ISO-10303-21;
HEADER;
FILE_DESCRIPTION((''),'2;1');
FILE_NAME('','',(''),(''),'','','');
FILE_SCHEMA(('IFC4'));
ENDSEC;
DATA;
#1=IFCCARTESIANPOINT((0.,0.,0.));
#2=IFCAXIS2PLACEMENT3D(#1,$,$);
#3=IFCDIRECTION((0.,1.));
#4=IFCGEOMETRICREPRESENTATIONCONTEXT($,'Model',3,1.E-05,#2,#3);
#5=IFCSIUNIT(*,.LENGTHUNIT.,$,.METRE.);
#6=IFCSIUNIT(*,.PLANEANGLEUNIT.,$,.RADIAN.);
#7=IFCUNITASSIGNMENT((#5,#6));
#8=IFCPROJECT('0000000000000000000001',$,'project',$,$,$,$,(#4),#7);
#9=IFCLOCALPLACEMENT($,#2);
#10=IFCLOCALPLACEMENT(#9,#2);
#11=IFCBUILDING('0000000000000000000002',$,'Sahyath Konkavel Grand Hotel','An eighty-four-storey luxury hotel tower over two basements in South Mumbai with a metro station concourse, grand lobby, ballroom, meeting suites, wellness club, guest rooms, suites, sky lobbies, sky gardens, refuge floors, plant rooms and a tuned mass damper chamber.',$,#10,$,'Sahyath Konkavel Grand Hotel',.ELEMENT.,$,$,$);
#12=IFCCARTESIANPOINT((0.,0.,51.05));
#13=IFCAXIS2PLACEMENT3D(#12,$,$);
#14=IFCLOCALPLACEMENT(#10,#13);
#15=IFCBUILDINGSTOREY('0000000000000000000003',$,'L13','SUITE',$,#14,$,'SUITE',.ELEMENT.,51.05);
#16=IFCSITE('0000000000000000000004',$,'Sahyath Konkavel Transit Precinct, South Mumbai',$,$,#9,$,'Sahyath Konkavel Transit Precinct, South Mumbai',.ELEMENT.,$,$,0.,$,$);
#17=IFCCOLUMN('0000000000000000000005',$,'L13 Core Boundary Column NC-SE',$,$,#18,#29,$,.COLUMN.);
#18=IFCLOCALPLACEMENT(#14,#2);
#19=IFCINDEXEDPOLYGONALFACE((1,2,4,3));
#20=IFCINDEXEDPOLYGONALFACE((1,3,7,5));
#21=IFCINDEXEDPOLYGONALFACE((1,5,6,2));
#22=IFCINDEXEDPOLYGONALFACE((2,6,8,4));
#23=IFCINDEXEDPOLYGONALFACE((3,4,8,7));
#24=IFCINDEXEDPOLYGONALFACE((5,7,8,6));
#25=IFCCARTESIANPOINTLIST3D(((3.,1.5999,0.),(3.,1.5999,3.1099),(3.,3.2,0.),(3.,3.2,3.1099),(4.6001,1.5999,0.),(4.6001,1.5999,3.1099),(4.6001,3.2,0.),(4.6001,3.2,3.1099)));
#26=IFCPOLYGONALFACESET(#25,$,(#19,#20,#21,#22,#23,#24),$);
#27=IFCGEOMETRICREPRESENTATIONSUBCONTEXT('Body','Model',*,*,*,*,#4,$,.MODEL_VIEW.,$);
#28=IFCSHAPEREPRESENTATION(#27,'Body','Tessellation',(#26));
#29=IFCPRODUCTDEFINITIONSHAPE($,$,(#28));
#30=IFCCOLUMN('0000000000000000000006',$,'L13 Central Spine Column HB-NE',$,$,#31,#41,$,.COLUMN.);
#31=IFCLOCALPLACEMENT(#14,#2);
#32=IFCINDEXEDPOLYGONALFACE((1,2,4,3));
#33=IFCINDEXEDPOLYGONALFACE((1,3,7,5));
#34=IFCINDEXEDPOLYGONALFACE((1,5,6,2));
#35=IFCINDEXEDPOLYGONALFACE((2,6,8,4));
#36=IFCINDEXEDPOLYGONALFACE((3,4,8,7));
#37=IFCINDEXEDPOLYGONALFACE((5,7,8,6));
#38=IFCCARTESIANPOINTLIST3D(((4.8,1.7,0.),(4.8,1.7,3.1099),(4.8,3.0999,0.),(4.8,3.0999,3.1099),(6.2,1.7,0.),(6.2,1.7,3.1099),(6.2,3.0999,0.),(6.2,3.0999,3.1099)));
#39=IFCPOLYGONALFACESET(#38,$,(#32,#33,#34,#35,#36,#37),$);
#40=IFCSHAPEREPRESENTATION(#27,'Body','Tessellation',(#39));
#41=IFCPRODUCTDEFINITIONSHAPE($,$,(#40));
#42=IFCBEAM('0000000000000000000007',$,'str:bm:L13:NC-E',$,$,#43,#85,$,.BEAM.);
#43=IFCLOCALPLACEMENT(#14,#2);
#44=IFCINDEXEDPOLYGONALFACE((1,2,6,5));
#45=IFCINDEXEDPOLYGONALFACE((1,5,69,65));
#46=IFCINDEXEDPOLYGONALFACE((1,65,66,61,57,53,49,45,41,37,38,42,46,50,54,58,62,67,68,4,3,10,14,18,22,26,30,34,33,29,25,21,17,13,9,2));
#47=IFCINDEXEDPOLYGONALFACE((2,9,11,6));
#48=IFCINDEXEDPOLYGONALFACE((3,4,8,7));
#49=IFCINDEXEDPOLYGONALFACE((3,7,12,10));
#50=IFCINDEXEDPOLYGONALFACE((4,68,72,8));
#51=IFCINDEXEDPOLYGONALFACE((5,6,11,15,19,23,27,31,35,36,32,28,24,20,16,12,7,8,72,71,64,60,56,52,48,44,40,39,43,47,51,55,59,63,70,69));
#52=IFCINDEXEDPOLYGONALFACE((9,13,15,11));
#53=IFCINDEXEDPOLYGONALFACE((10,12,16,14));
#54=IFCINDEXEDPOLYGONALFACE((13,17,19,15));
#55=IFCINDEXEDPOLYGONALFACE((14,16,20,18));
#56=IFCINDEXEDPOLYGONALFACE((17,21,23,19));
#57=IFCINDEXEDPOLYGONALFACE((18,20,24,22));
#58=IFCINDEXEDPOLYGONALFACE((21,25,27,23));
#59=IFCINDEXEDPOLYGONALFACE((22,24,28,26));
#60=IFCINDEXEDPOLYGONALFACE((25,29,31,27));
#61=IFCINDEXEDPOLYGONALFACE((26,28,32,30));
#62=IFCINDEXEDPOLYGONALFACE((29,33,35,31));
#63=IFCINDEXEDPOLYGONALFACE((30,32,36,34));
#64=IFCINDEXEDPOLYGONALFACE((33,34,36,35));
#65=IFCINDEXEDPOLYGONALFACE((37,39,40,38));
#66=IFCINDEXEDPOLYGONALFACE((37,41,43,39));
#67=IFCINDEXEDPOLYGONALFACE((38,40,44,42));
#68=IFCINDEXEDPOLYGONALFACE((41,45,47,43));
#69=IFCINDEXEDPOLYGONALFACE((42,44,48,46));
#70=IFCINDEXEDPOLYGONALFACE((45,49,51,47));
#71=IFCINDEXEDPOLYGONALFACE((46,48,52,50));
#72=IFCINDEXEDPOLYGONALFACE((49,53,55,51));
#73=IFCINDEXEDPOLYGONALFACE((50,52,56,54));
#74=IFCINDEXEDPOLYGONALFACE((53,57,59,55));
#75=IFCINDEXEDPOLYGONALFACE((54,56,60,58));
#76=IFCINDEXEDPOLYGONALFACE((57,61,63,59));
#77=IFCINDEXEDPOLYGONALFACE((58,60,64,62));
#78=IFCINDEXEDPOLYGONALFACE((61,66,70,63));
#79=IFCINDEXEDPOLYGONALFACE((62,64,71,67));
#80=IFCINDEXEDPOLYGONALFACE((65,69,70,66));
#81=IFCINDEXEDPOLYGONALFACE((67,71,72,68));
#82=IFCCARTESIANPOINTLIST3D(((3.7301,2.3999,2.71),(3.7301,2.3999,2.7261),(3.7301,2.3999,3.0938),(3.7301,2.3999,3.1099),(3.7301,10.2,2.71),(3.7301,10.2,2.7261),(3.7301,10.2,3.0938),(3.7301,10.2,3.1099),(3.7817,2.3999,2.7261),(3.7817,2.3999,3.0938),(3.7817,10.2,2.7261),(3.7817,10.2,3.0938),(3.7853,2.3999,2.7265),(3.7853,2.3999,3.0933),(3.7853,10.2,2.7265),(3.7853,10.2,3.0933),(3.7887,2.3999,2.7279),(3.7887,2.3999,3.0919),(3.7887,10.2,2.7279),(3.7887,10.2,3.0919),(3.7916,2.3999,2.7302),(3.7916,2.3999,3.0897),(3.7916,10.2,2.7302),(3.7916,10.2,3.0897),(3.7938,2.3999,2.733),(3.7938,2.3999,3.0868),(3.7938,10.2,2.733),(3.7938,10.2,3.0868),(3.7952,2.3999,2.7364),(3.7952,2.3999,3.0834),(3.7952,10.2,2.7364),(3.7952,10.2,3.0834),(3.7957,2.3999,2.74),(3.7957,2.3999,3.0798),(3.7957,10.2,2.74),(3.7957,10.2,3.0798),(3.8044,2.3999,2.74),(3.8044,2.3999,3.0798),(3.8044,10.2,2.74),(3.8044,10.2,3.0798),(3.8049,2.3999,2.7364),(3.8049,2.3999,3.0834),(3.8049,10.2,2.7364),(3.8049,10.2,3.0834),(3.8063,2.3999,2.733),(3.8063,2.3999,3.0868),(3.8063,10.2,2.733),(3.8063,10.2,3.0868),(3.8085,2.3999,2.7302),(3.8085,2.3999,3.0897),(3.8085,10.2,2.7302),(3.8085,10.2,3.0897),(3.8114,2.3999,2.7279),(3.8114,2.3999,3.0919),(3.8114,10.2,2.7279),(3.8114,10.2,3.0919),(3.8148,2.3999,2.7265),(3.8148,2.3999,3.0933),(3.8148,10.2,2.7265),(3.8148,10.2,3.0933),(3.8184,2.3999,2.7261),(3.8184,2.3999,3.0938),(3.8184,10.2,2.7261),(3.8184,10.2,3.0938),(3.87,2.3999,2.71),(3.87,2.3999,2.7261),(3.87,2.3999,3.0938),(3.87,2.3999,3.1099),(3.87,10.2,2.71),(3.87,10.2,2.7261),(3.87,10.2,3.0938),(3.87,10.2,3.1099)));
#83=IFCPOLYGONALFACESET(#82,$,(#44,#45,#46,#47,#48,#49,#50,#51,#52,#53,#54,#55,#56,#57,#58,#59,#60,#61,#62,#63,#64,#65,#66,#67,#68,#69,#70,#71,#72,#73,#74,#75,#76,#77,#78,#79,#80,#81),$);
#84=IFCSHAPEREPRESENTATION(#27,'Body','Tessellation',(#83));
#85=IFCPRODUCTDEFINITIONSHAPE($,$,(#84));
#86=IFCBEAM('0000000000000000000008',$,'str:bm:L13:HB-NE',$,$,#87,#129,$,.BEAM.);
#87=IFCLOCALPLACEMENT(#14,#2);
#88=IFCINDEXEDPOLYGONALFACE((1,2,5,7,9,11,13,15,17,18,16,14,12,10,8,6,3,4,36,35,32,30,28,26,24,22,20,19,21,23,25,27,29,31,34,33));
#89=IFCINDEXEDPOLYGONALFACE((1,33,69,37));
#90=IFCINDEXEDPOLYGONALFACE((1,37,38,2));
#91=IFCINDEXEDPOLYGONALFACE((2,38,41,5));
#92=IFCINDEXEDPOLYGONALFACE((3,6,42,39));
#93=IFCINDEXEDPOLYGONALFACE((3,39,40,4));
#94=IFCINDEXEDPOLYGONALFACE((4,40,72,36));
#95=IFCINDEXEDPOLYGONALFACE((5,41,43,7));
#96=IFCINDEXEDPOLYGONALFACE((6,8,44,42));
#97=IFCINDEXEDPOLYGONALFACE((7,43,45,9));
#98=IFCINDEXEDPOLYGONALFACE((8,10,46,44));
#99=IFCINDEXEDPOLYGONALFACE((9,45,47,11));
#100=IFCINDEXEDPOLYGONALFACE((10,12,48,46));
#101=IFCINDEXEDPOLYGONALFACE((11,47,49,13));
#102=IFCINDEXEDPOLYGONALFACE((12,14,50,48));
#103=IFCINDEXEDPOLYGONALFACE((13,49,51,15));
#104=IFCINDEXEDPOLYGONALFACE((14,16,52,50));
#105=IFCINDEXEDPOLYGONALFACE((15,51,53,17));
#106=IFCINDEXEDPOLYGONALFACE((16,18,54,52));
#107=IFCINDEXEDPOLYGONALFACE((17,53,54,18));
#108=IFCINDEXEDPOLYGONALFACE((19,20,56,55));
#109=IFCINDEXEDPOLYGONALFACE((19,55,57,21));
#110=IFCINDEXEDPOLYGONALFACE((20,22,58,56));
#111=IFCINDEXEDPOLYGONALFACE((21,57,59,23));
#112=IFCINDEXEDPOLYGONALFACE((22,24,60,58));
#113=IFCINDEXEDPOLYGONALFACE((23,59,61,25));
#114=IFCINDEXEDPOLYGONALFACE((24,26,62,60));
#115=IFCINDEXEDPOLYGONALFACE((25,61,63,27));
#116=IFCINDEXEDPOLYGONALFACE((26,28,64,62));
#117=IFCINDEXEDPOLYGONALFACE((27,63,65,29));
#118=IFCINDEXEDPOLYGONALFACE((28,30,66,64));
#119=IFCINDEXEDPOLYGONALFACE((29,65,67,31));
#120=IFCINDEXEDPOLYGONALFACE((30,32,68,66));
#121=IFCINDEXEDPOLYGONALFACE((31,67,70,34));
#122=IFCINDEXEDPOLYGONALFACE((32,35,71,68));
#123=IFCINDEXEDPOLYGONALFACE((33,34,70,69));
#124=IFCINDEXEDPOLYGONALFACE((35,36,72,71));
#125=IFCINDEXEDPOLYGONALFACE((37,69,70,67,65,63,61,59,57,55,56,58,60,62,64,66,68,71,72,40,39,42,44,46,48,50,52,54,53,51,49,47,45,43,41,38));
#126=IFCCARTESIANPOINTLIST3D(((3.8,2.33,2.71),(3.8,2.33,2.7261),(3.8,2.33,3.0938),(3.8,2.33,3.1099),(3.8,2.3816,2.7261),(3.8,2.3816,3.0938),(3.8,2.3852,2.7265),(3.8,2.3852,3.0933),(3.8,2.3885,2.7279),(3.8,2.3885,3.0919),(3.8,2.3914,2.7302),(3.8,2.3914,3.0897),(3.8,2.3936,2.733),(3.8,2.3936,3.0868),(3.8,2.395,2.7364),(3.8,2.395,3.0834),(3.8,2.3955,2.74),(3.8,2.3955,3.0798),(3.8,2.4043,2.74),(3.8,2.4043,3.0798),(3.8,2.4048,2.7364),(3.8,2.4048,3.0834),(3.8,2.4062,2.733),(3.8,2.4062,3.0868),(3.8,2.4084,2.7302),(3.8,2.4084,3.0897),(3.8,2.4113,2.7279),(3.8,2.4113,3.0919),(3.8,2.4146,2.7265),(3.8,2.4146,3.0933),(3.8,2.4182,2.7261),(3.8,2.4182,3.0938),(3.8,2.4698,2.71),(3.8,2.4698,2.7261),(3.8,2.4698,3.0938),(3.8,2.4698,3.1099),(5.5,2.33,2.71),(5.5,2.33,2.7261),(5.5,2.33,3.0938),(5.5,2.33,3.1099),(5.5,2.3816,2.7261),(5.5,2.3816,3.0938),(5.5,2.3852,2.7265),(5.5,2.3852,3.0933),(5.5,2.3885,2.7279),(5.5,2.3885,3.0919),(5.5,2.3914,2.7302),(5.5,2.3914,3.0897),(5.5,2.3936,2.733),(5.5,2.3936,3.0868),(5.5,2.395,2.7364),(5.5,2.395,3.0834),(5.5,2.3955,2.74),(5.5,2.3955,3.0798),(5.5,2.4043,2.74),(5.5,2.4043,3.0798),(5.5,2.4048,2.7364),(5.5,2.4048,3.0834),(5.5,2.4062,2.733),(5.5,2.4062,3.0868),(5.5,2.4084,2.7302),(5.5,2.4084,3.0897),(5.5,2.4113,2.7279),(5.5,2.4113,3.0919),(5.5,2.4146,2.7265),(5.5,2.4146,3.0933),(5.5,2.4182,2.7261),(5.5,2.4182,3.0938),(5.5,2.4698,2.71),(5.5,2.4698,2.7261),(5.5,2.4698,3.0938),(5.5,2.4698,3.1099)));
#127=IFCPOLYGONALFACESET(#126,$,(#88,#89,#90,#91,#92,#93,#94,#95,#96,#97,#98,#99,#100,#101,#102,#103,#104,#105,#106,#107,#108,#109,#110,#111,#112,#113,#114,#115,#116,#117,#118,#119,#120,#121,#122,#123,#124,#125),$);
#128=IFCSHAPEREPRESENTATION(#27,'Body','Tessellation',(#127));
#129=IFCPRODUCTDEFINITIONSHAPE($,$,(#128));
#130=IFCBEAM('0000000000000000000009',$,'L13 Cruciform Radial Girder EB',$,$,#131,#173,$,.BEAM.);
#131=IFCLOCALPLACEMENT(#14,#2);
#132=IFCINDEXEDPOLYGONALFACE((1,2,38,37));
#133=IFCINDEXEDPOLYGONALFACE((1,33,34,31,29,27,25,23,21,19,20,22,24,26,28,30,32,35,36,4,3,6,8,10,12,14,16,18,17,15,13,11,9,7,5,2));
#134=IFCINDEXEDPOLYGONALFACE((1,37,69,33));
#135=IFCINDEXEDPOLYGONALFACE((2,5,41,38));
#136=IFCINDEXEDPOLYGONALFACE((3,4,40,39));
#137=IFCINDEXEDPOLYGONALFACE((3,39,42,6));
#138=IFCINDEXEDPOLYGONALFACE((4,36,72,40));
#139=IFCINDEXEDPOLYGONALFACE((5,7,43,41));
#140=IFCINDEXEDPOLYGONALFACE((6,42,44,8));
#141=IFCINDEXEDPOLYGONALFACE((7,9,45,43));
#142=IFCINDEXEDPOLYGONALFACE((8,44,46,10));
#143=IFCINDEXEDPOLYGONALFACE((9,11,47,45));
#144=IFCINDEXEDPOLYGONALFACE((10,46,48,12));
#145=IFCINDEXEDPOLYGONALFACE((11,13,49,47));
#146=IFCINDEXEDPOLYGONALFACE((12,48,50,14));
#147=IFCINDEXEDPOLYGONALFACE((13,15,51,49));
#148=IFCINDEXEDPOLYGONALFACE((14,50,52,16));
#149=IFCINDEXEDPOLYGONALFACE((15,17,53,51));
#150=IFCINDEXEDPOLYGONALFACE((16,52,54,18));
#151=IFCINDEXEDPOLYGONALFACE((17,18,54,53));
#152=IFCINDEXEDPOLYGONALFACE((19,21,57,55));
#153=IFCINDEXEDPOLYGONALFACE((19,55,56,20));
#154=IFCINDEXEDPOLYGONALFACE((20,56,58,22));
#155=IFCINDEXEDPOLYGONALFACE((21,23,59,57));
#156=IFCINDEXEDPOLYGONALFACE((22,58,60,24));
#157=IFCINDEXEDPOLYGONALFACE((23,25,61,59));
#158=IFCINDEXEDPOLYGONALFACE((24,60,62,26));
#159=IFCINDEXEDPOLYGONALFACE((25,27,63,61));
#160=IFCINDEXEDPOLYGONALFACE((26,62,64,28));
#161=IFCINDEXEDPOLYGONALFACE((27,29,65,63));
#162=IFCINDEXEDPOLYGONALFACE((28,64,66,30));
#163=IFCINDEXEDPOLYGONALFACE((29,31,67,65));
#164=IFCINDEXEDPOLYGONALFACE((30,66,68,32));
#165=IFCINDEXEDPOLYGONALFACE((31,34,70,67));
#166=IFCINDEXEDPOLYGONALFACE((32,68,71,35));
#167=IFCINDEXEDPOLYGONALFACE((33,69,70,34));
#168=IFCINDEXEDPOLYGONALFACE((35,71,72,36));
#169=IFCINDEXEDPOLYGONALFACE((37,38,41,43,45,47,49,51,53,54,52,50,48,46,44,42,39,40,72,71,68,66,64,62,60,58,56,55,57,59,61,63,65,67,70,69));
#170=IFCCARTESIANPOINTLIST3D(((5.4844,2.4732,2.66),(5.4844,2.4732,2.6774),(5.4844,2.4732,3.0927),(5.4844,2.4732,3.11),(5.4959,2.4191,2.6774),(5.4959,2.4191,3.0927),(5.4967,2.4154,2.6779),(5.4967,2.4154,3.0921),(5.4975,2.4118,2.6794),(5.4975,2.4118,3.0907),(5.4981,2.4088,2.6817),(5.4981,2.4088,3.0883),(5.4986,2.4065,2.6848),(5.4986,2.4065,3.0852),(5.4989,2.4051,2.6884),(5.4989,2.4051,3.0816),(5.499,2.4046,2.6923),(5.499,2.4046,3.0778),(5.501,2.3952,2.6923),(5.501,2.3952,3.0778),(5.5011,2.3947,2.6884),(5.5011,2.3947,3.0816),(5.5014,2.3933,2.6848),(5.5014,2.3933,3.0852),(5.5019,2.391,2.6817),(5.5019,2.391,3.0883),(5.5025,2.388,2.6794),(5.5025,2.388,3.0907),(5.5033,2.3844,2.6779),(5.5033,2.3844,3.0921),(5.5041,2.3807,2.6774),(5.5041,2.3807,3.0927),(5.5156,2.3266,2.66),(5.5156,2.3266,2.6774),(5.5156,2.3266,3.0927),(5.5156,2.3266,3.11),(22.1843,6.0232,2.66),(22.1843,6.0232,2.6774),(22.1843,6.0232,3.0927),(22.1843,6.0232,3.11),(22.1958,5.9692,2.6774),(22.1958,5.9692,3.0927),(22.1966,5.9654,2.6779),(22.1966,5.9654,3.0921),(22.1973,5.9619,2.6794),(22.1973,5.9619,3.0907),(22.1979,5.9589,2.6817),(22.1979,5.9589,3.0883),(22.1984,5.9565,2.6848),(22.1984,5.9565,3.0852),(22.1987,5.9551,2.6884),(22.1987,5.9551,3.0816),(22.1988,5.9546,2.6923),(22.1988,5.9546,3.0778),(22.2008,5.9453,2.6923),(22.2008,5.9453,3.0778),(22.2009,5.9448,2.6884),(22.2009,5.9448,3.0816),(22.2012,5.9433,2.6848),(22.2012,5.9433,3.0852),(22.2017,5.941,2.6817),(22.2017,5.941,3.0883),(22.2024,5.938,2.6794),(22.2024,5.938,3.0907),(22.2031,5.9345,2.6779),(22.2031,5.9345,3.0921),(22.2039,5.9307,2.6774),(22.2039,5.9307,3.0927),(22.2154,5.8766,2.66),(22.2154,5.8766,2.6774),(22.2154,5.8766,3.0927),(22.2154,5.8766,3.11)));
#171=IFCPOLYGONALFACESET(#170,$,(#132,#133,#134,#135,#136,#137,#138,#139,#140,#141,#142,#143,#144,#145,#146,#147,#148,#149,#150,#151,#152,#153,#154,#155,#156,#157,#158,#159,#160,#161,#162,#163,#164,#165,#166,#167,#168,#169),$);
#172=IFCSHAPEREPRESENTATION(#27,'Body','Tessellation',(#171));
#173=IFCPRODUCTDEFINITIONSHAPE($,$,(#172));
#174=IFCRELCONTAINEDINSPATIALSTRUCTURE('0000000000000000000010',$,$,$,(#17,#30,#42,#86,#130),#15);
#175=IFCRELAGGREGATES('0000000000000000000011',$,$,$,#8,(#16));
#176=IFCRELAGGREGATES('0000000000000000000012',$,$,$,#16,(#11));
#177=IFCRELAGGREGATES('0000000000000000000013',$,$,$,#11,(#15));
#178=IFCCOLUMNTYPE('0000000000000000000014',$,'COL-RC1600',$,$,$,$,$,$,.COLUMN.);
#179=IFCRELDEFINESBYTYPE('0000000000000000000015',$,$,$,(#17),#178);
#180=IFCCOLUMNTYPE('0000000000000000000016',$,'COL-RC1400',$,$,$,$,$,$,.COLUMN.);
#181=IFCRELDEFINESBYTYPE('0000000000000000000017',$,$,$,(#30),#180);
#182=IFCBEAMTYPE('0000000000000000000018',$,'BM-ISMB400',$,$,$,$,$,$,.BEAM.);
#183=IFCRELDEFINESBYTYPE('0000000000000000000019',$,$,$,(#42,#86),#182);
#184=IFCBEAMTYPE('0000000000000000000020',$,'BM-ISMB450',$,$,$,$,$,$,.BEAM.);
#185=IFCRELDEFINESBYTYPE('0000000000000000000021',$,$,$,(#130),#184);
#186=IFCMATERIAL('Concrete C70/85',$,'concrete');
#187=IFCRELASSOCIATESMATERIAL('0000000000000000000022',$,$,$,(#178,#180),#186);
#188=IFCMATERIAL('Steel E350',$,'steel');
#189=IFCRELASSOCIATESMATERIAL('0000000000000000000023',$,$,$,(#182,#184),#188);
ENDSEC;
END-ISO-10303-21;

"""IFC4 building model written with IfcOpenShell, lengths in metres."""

from ifc_helpers import new_model, si_unit, direction, frame, origin, origin_2d, place, context, subcontext, project, spatial, rectangle, i_section, extrude, source, transform, mapped, material, material_profile, profile_set, type_object, element, save


model = new_model("IFC4")

# Units and contexts
model_context = context("Model", 3, precision=1e-05, world=origin(), true_north=direction((0.0, 1.0)))
body_context = subcontext(model_context, "Body", "Model", "MODEL_VIEW")
ifc_project = project(units=[si_unit("LENGTHUNIT", "METRE"), si_unit("PLANEANGLEUNIT", "RADIAN")], contexts=[model_context])

# Site, building, storey
site_placement = place(None, origin())
site = spatial("IfcSite", under=ifc_project, at=site_placement, Name="Sahyath Konkavel Transit Precinct, South Mumbai", LongName="Sahyath Konkavel Transit Precinct, South Mumbai", CompositionType="ELEMENT", RefElevation=0.0)
building_placement = place(site_placement, origin())
building = spatial("IfcBuilding", under=site, at=building_placement, Name="Sahyath Konkavel Grand Hotel", Description="An eighty-four-storey luxury hotel tower over two basements in South Mumbai with a metro station concourse, grand lobby, ballroom, meeting suites, wellness club, guest rooms, suites, sky lobbies, sky gardens, refuge floors, plant rooms and a tuned mass damper chamber.", LongName="Sahyath Konkavel Grand Hotel", CompositionType="ELEMENT")
storey_placement = place(building_placement, frame((0.0, 0.0, 51.05)))
storey = spatial("IfcBuildingStorey", under=building, at=storey_placement, Name="L13", Description="SUITE", LongName="SUITE", CompositionType="ELEMENT", Elevation=51.05)

# Columns
ifc_material_1 = material(Name="Concrete C70/85", Category="concrete")
ifc_material_profile_1 = material_profile(ifc_material_1, rectangle(XDim=1.6001, YDim=1.6001, at=origin_2d()), Name="RC 1600x1600")
ifc_profile_set_1 = profile_set([ifc_material_profile_1], Name="Concrete C70/85")
column_type_1 = type_object("IfcColumnType", Name="COL-RC1600", PredefinedType="COLUMN", material=ifc_profile_set_1)
shared_shape_1 = source(origin(), body_context, "Body", "SweptSolid", [
    extrude(rectangle(XDim=1.6001, YDim=1.6001, at=origin_2d()), origin(), (0.0, 0.0, 1.0), 3.1099),
])
column_1_placement = place(storey_placement, frame((3.8, 2.3999, 0.0), z_axis=(0.0, 0.0, 1.0), x_axis=(1.0, 0.0, 0.0)))
element("IfcColumn", 1, at=column_1_placement, inside=storey, type_object=column_type_1, Name="L13 Core Boundary Column NC-SE", PredefinedType="COLUMN", context=body_context, shape_type="MappedRepresentation", body=[
    mapped(shared_shape_1, transform((0.0, 0.0, 0.0), scale=1.0)),
])
ifc_material_profile_2 = material_profile(ifc_material_1, rectangle(XDim=1.3999, YDim=1.3999, at=origin_2d()), Name="RC 1400x1400")
ifc_profile_set_2 = profile_set([ifc_material_profile_2], Name="Concrete C70/85")
column_type_2 = type_object("IfcColumnType", Name="COL-RC1400", PredefinedType="COLUMN", material=ifc_profile_set_2)
shared_shape_2 = source(origin(), body_context, "Body", "SweptSolid", [
    extrude(rectangle(XDim=1.3999, YDim=1.3999, at=origin_2d()), origin(), (0.0, 0.0, 1.0), 3.1099),
])
column_2_placement = place(storey_placement, frame((5.5, 2.3999, 0.0), z_axis=(0.0, 0.0, 1.0), x_axis=(1.0, 0.0, 0.0)))
element("IfcColumn", 2, at=column_2_placement, inside=storey, type_object=column_type_2, Name="L13 Central Spine Column HB-NE", PredefinedType="COLUMN", context=body_context, shape_type="MappedRepresentation", body=[
    mapped(shared_shape_2, transform((0.0, 0.0, 0.0), scale=1.0)),
])

# Beams
ifc_material_2 = material(Name="Steel E350", Category="steel")
ifc_material_profile_3 = material_profile(ifc_material_2, i_section(OverallWidth=0.1399, OverallDepth=0.3999, WebThickness=0.0088, FlangeThickness=0.0161, FilletRadius=0.0139, at=origin_2d()), Name="ISMB 400")
ifc_profile_set_3 = profile_set([ifc_material_profile_3], Name="Steel E350")
beam_type_1 = type_object("IfcBeamType", Name="BM-ISMB400", PredefinedType="BEAM", material=ifc_profile_set_3)
shared_shape_3 = source(origin(), body_context, "Body", "SweptSolid", [
    extrude(i_section(OverallWidth=0.1399, OverallDepth=0.3999, WebThickness=0.0088, FlangeThickness=0.0161, FilletRadius=0.0139, at=origin_2d()), origin(), (0.0, 0.0, 1.0), 7.8),
])
beam_1_placement = place(storey_placement, frame((3.8, 2.3999, 2.9099), z_axis=(0.0, 1.0, 0.0), x_axis=(-1.0, 0.0, 0.0)))
element("IfcBeam", 3, at=beam_1_placement, inside=storey, type_object=beam_type_1, Name="str:bm:L13:NC-E", PredefinedType="BEAM", context=body_context, shape_type="MappedRepresentation", body=[
    mapped(shared_shape_3, transform((0.0, 0.0, 0.0), scale=1.0)),
])
shared_shape_4 = source(origin(), body_context, "Body", "SweptSolid", [
    extrude(i_section(OverallWidth=0.1399, OverallDepth=0.3999, WebThickness=0.0088, FlangeThickness=0.0161, FilletRadius=0.0139, at=origin_2d()), origin(), (0.0, 0.0, 1.0), 1.7),
])
beam_2_placement = place(storey_placement, frame((3.8, 2.3999, 2.9099), z_axis=(1.0, 0.0, 0.0), x_axis=(0.0, 1.0, 0.0)))
element("IfcBeam", 4, at=beam_2_placement, inside=storey, type_object=beam_type_1, Name="str:bm:L13:HB-NE", PredefinedType="BEAM", context=body_context, shape_type="MappedRepresentation", body=[
    mapped(shared_shape_4, transform((0.0, 0.0, 0.0), scale=1.0)),
])
ifc_material_profile_4 = material_profile(ifc_material_2, i_section(OverallWidth=0.1499, OverallDepth=0.45, WebThickness=0.0095, FlangeThickness=0.0173, FilletRadius=0.0149, at=origin_2d()), Name="ISMB 450")
ifc_profile_set_4 = profile_set([ifc_material_profile_4], Name="Steel E350")
beam_type_2 = type_object("IfcBeamType", Name="BM-ISMB450", PredefinedType="BEAM", material=ifc_profile_set_4)
shared_shape_5 = source(origin(), body_context, "Body", "SweptSolid", [
    extrude(i_section(OverallWidth=0.1499, OverallDepth=0.45, WebThickness=0.0095, FlangeThickness=0.0173, FilletRadius=0.0149, at=origin_2d()), origin(), (0.0, 0.0, 1.0), 17.073),
])
beam_3_placement = place(storey_placement, frame((5.5, 2.3999, 2.885), z_axis=(0.978143, 0.207932, 0.0), x_axis=(-0.207932, 0.978143, 0.0)))
element("IfcBeam", 5, at=beam_3_placement, inside=storey, type_object=beam_type_2, Name="L13 Cruciform Radial Girder EB", PredefinedType="BEAM", context=body_context, shape_type="MappedRepresentation", body=[
    mapped(shared_shape_5, transform((0.0, 0.0, 0.0), scale=1.0)),
])

save(model, "model.ifc")
